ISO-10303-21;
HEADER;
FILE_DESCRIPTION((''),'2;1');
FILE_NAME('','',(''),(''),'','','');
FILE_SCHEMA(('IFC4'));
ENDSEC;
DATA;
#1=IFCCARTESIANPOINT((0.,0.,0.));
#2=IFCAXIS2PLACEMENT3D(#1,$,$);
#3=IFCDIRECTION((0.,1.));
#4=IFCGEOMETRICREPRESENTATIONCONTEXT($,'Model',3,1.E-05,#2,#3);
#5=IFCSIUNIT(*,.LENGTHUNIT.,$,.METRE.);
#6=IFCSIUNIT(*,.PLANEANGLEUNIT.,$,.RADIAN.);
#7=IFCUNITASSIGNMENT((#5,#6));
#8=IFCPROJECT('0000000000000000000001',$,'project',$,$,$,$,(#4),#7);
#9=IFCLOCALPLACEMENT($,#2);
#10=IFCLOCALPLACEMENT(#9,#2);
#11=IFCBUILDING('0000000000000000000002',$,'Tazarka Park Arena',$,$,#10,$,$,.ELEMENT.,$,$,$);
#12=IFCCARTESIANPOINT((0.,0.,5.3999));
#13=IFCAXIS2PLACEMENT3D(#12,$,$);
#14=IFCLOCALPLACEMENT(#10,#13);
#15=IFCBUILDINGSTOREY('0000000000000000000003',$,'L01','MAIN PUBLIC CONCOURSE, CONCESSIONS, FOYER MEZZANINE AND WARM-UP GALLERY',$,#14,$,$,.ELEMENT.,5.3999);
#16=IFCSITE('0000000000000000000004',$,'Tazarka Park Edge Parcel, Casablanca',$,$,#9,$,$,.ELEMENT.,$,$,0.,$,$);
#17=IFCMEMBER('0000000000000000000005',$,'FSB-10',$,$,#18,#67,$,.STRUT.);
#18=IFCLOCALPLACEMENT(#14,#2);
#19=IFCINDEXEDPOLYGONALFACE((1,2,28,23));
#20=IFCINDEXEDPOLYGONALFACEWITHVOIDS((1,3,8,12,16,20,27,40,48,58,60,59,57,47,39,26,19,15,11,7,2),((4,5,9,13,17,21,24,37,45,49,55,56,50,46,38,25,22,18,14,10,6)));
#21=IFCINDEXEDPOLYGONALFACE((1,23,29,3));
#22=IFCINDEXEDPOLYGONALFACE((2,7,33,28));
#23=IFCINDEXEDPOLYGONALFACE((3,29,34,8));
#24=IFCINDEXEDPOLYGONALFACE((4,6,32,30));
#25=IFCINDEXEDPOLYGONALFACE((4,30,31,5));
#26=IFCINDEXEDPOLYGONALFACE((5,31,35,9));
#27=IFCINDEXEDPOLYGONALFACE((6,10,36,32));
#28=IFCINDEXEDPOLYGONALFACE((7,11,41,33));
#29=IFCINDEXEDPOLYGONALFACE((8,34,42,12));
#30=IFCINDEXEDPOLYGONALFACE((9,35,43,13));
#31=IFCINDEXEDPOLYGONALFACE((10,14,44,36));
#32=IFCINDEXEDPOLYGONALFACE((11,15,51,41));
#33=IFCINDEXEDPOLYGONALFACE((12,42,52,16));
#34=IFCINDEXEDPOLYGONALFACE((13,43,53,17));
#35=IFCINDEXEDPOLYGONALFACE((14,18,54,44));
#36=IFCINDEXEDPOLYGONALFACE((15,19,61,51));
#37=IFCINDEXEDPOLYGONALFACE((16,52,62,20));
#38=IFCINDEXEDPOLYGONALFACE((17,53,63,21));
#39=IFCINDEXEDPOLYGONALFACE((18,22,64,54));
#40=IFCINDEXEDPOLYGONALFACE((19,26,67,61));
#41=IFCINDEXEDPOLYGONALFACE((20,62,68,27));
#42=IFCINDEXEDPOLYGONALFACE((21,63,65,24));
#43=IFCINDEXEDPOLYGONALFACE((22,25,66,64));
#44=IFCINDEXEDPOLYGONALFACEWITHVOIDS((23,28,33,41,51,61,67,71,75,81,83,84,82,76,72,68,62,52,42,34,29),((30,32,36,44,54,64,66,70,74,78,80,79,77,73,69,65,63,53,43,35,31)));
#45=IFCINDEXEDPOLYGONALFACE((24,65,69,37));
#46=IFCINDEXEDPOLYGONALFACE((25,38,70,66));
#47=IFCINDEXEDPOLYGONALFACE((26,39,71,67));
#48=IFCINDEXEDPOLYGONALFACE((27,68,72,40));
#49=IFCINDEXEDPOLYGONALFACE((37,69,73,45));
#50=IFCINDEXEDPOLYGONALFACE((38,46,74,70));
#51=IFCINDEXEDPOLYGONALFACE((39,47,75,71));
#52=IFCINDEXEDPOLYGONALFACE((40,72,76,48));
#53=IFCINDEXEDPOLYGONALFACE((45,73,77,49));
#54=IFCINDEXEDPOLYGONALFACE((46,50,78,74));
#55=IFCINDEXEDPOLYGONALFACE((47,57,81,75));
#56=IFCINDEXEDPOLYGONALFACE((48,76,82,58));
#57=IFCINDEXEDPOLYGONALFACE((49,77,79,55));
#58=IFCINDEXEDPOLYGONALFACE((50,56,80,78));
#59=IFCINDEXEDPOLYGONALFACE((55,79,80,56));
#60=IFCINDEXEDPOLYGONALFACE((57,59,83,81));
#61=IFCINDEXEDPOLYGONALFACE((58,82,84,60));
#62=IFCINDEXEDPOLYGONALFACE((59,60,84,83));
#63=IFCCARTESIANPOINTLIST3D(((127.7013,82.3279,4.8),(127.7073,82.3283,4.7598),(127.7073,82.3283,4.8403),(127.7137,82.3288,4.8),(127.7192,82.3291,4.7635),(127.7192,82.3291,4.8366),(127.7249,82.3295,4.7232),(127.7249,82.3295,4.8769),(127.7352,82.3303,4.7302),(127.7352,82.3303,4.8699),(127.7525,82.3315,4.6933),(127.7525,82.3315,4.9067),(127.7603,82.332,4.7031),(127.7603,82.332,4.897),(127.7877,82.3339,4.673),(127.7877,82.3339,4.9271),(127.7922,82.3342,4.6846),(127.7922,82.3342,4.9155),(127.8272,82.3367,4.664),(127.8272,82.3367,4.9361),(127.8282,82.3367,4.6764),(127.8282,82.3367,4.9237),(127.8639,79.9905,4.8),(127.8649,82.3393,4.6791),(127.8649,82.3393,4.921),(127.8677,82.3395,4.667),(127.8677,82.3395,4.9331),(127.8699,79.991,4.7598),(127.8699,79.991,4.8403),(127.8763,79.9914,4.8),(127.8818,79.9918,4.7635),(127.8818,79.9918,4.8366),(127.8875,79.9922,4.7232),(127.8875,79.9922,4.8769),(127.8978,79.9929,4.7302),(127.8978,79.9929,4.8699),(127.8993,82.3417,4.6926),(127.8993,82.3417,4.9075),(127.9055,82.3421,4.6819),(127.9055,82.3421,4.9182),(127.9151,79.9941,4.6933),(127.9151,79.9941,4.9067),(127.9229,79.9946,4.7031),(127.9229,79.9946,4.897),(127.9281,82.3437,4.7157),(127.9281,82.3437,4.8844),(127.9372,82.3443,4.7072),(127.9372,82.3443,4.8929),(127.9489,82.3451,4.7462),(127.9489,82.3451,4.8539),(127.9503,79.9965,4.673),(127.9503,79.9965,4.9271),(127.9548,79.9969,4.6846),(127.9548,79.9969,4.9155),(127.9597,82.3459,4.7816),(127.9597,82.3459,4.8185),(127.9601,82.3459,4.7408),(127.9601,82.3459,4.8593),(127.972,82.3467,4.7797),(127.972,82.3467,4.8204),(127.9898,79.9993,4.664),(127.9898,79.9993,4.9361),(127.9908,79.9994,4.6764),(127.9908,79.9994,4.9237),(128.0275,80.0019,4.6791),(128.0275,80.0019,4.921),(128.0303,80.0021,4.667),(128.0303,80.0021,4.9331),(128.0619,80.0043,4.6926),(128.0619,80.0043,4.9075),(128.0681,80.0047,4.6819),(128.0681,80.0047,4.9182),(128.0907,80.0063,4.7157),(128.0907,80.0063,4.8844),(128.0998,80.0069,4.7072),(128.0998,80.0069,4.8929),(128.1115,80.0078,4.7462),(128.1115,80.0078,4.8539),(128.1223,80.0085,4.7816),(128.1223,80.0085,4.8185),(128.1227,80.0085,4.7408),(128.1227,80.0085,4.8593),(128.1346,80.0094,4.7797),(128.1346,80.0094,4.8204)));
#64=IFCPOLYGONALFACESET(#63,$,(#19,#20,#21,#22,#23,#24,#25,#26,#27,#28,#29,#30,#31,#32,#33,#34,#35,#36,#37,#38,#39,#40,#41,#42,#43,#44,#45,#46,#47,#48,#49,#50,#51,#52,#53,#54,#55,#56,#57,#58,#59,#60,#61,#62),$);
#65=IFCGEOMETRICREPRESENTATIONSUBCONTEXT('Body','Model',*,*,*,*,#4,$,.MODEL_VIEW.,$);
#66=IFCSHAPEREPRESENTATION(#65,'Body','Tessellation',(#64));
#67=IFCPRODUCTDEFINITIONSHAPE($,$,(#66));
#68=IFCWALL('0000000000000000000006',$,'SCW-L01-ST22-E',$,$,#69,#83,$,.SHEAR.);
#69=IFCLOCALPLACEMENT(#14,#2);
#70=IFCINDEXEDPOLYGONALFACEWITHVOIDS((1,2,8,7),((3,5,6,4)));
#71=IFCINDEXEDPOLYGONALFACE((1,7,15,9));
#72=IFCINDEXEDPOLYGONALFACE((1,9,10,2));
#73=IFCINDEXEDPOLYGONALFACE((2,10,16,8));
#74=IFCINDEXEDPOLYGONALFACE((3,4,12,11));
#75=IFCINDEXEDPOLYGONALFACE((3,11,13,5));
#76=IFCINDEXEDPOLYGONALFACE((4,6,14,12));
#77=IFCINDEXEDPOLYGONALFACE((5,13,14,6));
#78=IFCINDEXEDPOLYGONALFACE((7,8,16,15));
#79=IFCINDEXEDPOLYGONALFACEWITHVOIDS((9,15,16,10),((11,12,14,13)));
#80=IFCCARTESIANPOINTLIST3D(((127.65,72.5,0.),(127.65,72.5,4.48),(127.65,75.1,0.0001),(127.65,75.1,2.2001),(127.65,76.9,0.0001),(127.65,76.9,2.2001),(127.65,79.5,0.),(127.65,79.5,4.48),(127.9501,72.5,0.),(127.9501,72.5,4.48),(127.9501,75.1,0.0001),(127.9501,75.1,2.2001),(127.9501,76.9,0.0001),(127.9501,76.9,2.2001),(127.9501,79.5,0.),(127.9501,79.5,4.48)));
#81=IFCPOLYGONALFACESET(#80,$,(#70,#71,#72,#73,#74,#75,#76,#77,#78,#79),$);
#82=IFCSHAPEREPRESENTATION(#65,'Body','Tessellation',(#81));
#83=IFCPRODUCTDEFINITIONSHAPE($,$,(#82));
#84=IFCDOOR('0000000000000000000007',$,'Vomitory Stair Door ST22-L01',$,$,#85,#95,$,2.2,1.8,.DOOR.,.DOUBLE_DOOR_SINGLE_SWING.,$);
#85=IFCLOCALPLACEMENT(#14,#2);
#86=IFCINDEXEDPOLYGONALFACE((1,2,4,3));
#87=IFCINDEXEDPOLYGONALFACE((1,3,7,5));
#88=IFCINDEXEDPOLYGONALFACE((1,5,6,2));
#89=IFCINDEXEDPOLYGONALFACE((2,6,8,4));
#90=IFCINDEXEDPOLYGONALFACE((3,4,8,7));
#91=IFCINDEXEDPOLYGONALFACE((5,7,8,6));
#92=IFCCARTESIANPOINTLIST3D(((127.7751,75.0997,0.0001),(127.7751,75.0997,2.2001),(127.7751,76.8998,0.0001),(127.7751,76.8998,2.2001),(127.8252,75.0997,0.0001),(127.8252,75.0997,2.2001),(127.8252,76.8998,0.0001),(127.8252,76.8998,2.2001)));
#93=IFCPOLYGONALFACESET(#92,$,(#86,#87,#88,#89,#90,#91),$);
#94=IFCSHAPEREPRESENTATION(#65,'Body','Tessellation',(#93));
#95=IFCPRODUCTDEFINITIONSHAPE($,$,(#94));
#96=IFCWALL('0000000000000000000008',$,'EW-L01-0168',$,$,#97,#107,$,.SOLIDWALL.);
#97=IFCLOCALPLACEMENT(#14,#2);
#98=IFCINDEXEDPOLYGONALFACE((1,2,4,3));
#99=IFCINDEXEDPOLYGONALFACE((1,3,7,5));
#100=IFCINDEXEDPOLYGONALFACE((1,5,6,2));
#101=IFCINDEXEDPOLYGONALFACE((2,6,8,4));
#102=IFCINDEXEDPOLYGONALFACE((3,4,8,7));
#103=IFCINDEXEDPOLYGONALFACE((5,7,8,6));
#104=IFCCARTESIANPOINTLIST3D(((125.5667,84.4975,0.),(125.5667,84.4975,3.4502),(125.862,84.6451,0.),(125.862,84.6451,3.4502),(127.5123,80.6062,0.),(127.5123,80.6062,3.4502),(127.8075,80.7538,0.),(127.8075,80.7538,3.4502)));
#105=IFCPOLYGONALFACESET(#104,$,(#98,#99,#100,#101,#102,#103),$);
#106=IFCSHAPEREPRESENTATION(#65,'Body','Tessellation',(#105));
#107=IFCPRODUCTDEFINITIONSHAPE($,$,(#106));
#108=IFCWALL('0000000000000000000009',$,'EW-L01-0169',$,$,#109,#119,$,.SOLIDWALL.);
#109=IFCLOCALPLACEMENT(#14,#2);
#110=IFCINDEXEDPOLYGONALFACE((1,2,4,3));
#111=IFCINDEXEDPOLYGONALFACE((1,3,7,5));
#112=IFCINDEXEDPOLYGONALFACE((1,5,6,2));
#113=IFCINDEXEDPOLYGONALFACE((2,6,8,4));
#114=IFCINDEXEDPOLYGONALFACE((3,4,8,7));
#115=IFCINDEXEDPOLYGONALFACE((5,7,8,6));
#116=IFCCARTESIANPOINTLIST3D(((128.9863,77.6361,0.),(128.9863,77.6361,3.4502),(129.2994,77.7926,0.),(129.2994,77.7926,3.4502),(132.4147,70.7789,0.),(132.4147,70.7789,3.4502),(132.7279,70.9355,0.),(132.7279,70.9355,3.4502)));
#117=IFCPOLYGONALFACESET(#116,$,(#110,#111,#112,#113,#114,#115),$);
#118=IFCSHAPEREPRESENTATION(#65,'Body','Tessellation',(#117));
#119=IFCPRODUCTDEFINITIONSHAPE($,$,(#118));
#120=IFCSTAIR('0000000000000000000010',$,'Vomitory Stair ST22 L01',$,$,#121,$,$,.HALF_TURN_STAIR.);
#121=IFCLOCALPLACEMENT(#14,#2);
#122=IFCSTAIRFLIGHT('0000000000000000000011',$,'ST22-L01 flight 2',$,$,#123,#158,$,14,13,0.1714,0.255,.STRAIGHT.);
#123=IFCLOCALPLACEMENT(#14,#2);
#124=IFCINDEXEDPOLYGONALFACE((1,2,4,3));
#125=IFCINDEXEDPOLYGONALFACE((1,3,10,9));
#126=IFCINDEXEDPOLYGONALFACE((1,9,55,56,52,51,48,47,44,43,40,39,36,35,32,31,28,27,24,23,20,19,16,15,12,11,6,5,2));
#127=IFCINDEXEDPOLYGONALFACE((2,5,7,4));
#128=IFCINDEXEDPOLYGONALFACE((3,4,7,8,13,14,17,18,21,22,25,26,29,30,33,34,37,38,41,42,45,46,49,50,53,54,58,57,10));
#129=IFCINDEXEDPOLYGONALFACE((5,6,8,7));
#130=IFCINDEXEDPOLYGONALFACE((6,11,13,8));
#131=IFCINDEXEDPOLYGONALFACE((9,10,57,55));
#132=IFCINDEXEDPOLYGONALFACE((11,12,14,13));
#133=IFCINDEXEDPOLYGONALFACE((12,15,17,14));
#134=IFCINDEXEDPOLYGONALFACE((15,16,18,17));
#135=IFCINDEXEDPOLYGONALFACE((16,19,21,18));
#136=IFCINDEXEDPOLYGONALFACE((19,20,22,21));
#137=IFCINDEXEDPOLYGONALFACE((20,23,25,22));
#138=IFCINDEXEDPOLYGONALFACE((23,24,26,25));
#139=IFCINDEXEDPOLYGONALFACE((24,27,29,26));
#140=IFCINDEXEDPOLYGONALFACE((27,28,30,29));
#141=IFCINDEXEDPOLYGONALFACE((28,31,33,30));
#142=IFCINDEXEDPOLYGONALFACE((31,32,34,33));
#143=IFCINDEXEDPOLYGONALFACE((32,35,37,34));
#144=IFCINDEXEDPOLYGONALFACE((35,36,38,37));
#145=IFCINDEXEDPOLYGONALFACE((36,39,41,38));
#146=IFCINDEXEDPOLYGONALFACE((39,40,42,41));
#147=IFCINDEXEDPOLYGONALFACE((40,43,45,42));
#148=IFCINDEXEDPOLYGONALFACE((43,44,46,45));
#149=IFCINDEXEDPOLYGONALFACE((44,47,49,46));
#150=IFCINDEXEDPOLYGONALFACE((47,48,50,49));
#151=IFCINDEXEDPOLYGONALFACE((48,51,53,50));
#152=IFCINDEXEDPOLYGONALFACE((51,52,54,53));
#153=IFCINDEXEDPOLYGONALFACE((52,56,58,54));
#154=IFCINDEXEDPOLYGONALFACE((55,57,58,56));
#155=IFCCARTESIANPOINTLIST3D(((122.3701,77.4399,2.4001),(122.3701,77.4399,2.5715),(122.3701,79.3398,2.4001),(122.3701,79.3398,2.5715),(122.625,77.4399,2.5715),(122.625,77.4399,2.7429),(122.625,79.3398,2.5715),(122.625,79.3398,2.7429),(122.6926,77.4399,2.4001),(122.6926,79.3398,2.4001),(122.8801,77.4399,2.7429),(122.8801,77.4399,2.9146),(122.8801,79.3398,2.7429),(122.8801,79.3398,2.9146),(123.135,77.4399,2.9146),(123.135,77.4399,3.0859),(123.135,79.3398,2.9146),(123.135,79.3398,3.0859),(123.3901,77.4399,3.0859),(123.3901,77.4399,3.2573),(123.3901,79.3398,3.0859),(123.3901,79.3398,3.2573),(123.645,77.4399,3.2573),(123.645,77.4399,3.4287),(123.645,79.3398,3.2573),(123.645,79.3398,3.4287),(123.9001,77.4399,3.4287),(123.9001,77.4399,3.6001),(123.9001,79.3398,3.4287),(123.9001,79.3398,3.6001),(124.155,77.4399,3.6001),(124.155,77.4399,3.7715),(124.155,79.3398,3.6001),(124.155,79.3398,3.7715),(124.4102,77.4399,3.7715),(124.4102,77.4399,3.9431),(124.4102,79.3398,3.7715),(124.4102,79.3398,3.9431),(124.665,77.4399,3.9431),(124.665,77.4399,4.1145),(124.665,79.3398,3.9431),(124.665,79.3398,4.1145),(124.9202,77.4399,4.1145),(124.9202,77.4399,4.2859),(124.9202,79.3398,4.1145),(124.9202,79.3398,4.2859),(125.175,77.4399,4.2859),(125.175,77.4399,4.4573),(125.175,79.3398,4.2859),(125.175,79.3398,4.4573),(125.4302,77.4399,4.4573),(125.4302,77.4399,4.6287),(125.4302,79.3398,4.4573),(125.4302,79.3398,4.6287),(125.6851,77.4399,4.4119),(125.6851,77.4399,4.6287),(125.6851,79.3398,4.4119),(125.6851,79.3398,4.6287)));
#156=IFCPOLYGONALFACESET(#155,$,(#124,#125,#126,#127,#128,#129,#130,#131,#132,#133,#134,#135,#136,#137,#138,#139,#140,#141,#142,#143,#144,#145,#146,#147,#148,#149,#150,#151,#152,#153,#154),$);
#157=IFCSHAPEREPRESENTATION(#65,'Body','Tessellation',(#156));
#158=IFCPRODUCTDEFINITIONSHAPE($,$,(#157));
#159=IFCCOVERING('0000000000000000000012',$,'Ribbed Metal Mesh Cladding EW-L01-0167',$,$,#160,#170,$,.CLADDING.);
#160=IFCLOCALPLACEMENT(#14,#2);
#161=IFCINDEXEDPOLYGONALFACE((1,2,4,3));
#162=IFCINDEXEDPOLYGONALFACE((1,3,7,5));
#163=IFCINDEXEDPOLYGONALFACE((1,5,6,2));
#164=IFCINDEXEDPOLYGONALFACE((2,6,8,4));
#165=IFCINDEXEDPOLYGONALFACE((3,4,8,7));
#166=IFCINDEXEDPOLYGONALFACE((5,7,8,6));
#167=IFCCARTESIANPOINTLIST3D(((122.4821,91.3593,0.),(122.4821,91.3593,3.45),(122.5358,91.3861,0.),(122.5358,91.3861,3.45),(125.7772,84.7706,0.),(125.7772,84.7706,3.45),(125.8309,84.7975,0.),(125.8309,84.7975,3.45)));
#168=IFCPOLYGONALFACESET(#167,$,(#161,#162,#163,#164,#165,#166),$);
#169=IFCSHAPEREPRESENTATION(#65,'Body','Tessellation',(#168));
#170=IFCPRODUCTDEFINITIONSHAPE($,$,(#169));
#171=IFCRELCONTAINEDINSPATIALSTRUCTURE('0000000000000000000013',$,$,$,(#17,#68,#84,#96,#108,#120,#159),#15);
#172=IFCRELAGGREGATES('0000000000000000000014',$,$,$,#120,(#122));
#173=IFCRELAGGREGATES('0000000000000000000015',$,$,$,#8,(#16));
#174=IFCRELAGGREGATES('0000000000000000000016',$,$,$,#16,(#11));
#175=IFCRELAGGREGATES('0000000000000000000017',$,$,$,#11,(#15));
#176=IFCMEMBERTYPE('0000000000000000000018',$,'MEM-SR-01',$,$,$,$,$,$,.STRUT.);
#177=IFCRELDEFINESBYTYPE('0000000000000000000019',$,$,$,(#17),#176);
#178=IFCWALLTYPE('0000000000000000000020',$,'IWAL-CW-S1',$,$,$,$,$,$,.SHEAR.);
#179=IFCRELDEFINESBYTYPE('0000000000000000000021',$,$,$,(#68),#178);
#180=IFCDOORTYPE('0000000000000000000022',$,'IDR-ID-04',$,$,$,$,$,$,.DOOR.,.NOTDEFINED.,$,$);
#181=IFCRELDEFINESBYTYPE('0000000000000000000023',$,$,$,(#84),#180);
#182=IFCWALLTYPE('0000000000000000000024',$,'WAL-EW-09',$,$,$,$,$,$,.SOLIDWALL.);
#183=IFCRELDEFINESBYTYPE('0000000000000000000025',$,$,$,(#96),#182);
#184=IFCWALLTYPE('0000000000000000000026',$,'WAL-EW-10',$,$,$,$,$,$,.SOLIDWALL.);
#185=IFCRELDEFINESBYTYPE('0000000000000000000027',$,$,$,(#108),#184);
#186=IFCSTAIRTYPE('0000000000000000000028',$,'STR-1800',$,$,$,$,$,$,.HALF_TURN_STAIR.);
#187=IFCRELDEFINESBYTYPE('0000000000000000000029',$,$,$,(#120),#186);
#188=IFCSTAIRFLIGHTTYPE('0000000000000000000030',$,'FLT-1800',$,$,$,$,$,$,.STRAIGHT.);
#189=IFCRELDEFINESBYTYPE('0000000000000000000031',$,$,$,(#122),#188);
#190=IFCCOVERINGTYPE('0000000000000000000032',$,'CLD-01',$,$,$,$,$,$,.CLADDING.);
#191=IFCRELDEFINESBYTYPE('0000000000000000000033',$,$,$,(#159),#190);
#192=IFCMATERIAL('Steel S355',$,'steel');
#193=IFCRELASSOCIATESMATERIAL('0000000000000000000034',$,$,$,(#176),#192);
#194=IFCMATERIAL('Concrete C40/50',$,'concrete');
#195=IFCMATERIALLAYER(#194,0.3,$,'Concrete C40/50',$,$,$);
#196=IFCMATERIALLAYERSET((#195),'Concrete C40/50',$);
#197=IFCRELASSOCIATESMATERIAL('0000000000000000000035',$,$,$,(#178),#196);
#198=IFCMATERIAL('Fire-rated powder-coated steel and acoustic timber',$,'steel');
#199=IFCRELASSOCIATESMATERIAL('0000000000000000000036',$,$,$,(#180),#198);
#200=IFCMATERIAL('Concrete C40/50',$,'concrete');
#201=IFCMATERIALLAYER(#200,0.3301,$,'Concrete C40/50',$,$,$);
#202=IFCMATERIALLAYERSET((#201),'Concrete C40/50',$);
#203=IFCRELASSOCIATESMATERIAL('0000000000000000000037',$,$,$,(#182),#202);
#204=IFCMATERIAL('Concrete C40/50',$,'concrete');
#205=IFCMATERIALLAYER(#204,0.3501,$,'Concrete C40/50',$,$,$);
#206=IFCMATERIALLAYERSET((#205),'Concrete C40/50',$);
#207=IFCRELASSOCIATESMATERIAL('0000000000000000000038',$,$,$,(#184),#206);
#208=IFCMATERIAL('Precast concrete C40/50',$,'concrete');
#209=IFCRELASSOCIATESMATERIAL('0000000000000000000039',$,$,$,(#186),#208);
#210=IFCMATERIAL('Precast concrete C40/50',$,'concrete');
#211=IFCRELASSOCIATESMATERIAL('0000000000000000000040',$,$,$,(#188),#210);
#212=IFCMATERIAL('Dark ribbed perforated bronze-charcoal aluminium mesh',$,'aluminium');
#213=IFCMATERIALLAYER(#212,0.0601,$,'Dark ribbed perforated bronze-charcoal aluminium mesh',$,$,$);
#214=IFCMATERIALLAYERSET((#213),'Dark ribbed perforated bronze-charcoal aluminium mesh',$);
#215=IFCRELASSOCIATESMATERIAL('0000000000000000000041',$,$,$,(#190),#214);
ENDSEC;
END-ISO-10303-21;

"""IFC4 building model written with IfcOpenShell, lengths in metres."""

from ifc_helpers import new_model, si_unit, direction, frame, frame_2d, origin, origin_2d, place, context, subcontext, project, spatial, polyline, rectangle, hollow_circle, outline, extrude, material, layer, layer_set, material_profile, profile_set, type_object, element, fill, aggregate, save


model = new_model("IFC4")

# Units and contexts
model_context = context("Model", 3, precision=1e-05, world=origin(), true_north=direction((0.0, 1.0)))
body_context = subcontext(model_context, "Body", "Model", "MODEL_VIEW")
ifc_project = project(units=[si_unit("LENGTHUNIT", "METRE"), si_unit("PLANEANGLEUNIT", "RADIAN")], contexts=[model_context])

# Site, building, storey
site_placement = place(None, origin())
site = spatial("IfcSite", under=ifc_project, at=site_placement, Name="Tazarka Park Edge Parcel, Casablanca", CompositionType="ELEMENT", RefElevation=0.0)
building_placement = place(site_placement, origin())
building = spatial("IfcBuilding", under=site, at=building_placement, Name="Tazarka Park Arena", CompositionType="ELEMENT")
storey_placement = place(building_placement, frame((0.0, 0.0, 5.3999)))
storey = spatial("IfcBuildingStorey", under=building, at=storey_placement, Name="L01", Description="MAIN PUBLIC CONCOURSE, CONCESSIONS, FOYER MEZZANINE AND WARM-UP GALLERY", CompositionType="ELEMENT", Elevation=5.3999)

# Member
ifc_material_1 = material(Name="Steel S355", Category="steel")
ifc_material_profile_1 = material_profile(ifc_material_1, hollow_circle(Radius=0.1365, WallThickness=0.0125, at=origin_2d()), Name="Steel S355")
ifc_profile_set_1 = profile_set([ifc_material_profile_1], Name="Steel S355")
member_type = type_object("IfcMemberType", Name="MEM-SR-01", PredefinedType="STRUT", material=ifc_profile_set_1)
member_placement = place(storey_placement, frame((128.0, 80.0, 4.8), z_axis=(-0.069396, 0.997589, 0.0), x_axis=(-0.997589, -0.069396, 0.0)))
element("IfcMember", 1, at=member_placement, inside=storey, type_object=member_type, Name="FSB-10", PredefinedType="STRUT", context=body_context, shape_type="SweptSolid", body=[
    extrude(hollow_circle(Radius=0.1365, WallThickness=0.0125, at=origin_2d()), origin(), (0.0, 0.0, 1.0), 2.343),
])

# Wall, opening, door
ifc_material_2 = material(Name="Concrete C40/50", Category="concrete")
ifc_layer_1 = layer(ifc_material_2, 0.3, Name="Concrete C40/50")
ifc_layer_set_1 = layer_set([ifc_layer_1], Name="Concrete C40/50")
wall_type_1 = type_object("IfcWallType", Name="IWAL-CW-S1", PredefinedType="SHEAR", material=ifc_layer_set_1)
wall_1_placement = place(storey_placement, frame((127.8, 79.5, 0.0), z_axis=(0.0, 0.0, 1.0), x_axis=(0.0, -1.0, 0.0)))
wall_1 = element("IfcWall", 2, at=wall_1_placement, inside=storey, type_object=wall_type_1, Name="SCW-L01-ST22-E", PredefinedType="SHEAR", context=body_context, shape_type="SweptSolid", body=[
    extrude(rectangle(XDim=7.0, YDim=0.3, at=frame_2d((3.5, 0.0))), origin(), (0.0, 0.0, 1.0), 4.48),
])
opening_placement = place(wall_1_placement, frame((2.6001, 0.0, 0.0)))
opening = element("IfcOpeningElement", 3, at=opening_placement, cuts=wall_1, PredefinedType="OPENING", context=body_context, shape_type="SweptSolid", body=[
    extrude(rectangle(XDim=1.8, YDim=2.2, at=frame_2d((0.8999, 1.1001))), frame((0.0, 0.1602, 0.0), z_axis=(0.0, -1.0, 0.0), x_axis=(1.0, 0.0, 0.0)), (0.0, 0.0, 1.0), 0.3201),
])
ifc_material_3 = material(Name="Fire-rated powder-coated steel and acoustic timber", Category="steel")
door_type = type_object("IfcDoorType", Name="IDR-ID-04", OperationType="NOTDEFINED", PredefinedType="DOOR", material=ifc_material_3)
door_placement = place(opening_placement, frame((1.8, 0.0, 0.0), z_axis=(0.0, 0.0, 1.0), x_axis=(-1.0, 0.0, 0.0)))
door = element("IfcDoor", 4, at=door_placement, inside=storey, type_object=door_type, Name="Vomitory Stair Door ST22-L01", OperationType="DOUBLE_DOOR_SINGLE_SWING", OverallHeight=2.2, OverallWidth=1.8, PredefinedType="DOOR", context=body_context, shape_type="SweptSolid", body=[
    extrude(rectangle(XDim=1.8, YDim=2.2, at=frame_2d((0.8999, 1.1001))), frame((0.0, 0.0249, 0.0), z_axis=(0.0, -1.0, 0.0), x_axis=(1.0, 0.0, 0.0)), (0.0, 0.0, 1.0), 0.05),
])
fill(opening, door)

# Walls
ifc_material_4 = material(Name="Concrete C40/50", Category="concrete")
ifc_layer_2 = layer(ifc_material_4, 0.3301, Name="Concrete C40/50")
ifc_layer_set_2 = layer_set([ifc_layer_2], Name="Concrete C40/50")
wall_type_2 = type_object("IfcWallType", Name="WAL-EW-09", PredefinedType="SOLIDWALL", material=ifc_layer_set_2)
wall_2_placement = place(storey_placement, frame((125.7144, 84.5713, 0.0), z_axis=(0.0, 0.0, 1.0), x_axis=(0.447191, -0.894438, 0.0)))
element("IfcWall", 5, at=wall_2_placement, inside=storey, type_object=wall_type_2, Name="EW-L01-0168", PredefinedType="SOLIDWALL", context=body_context, shape_type="SweptSolid", body=[
    extrude(rectangle(XDim=4.3506, YDim=0.3301, at=frame_2d((2.1753, 0.0))), origin(), (0.0, 0.0, 1.0), 3.4502),
])
ifc_material_5 = material(Name="Concrete C40/50", Category="concrete")
ifc_layer_3 = layer(ifc_material_5, 0.3501, Name="Concrete C40/50")
ifc_layer_set_3 = layer_set([ifc_layer_3], Name="Concrete C40/50")
wall_type_3 = type_object("IfcWallType", Name="WAL-EW-10", PredefinedType="SOLIDWALL", material=ifc_layer_set_3)
wall_3_placement = place(storey_placement, frame((129.1428, 77.7144, 0.0), z_axis=(0.0, 0.0, 1.0), x_axis=(0.447201, -0.894434, 0.0)))
element("IfcWall", 6, at=wall_3_placement, inside=storey, type_object=wall_type_3, Name="EW-L01-0169", PredefinedType="SOLIDWALL", context=body_context, shape_type="SweptSolid", body=[
    extrude(rectangle(XDim=7.6665, YDim=0.3501, at=frame_2d((3.8333, 0.0))), origin(), (0.0, 0.0, 1.0), 3.4502),
])

# Stair, stair flight
ifc_material_6 = material(Name="Precast concrete C40/50", Category="concrete")
stair_type = type_object("IfcStairType", Name="STR-1800", PredefinedType="HALF_TURN_STAIR", material=ifc_material_6)
stair_placement = place(storey_placement, origin())
stair = element("IfcStair", 7, at=stair_placement, inside=storey, type_object=stair_type, Name="Vomitory Stair ST22 L01", PredefinedType="HALF_TURN_STAIR")
ifc_material_7 = material(Name="Precast concrete C40/50", Category="concrete")
stair_flight_type = type_object("IfcStairFlightType", Name="FLT-1800", PredefinedType="STRAIGHT", material=ifc_material_7)
stair_flight_placement = place(storey_placement, frame((122.3701, 78.3899, 2.4001), z_axis=(0.0, 0.0, 1.0), x_axis=(1.0, 0.0, 0.0)))
stair_flight = element("IfcStairFlight", 8, at=stair_flight_placement, type_object=stair_flight_type, Name="ST22-L01 flight 2", NumberOfRisers=14, NumberOfTreads=13, PredefinedType="STRAIGHT", RiserHeight=0.1714, TreadLength=0.255, context=body_context, shape_type="SweptSolid", body=[
    extrude(outline(polyline([(0.0, 0.0), (0.0, 0.1714), (0.2549, 0.1714), (0.2549, 0.3428), (0.51, 0.3428), (0.51, 0.5144), (0.7649, 0.5144), (0.7649, 0.6858), (1.02, 0.6858), (1.02, 0.8572), (1.2749, 0.8572), (1.2749, 1.0286), (1.53, 1.0286), (1.53, 1.2), (1.7849, 1.2), (1.7849, 1.3713), (2.04, 1.3713), (2.04, 1.543), (2.2949, 1.543), (2.2949, 1.7144), (2.55, 1.7144), (2.55, 1.8857), (2.8049, 1.8857), (2.8049, 2.0571), (3.0601, 2.0571), (3.0601, 2.2285), (3.3149, 2.2285), (3.3149, 2.3999), (3.3149, 2.0117), (0.3225, 0.0), (0.0, 0.0)])), frame((0.0, 0.95, 0.0), z_axis=(0.0, -1.0, 0.0), x_axis=(1.0, 0.0, 0.0)), (0.0, 0.0, 1.0), 1.8999),
])
aggregate(stair, [stair_flight])

# Covering
ifc_material_8 = material(Name="Dark ribbed perforated bronze-charcoal aluminium mesh", Category="aluminium")
ifc_layer_4 = layer(ifc_material_8, 0.0601, Name="Dark ribbed perforated bronze-charcoal aluminium mesh")
ifc_layer_set_4 = layer_set([ifc_layer_4], Name="Dark ribbed perforated bronze-charcoal aluminium mesh")
covering_type = type_object("IfcCoveringType", Name="CLD-01", PredefinedType="CLADDING", material=ifc_layer_set_4)
covering_1_placement = place(storey_placement, frame((124.1565, 88.0784, 0.0), z_axis=(0.0, 0.0, 1.0), x_axis=(0.447291, -0.894389, 0.0)))
element("IfcCovering", 9, at=covering_1_placement, inside=storey, type_object=covering_type, Name="Ribbed Metal Mesh Cladding EW-L01-0167", PredefinedType="CLADDING", context=body_context, shape_type="SweptSolid", body=[
    extrude(rectangle(XDim=7.3667, YDim=0.0601, at=origin_2d()), origin(), (0.0, 0.0, 1.0), 3.45),
])

save(model, "model.ifc")
